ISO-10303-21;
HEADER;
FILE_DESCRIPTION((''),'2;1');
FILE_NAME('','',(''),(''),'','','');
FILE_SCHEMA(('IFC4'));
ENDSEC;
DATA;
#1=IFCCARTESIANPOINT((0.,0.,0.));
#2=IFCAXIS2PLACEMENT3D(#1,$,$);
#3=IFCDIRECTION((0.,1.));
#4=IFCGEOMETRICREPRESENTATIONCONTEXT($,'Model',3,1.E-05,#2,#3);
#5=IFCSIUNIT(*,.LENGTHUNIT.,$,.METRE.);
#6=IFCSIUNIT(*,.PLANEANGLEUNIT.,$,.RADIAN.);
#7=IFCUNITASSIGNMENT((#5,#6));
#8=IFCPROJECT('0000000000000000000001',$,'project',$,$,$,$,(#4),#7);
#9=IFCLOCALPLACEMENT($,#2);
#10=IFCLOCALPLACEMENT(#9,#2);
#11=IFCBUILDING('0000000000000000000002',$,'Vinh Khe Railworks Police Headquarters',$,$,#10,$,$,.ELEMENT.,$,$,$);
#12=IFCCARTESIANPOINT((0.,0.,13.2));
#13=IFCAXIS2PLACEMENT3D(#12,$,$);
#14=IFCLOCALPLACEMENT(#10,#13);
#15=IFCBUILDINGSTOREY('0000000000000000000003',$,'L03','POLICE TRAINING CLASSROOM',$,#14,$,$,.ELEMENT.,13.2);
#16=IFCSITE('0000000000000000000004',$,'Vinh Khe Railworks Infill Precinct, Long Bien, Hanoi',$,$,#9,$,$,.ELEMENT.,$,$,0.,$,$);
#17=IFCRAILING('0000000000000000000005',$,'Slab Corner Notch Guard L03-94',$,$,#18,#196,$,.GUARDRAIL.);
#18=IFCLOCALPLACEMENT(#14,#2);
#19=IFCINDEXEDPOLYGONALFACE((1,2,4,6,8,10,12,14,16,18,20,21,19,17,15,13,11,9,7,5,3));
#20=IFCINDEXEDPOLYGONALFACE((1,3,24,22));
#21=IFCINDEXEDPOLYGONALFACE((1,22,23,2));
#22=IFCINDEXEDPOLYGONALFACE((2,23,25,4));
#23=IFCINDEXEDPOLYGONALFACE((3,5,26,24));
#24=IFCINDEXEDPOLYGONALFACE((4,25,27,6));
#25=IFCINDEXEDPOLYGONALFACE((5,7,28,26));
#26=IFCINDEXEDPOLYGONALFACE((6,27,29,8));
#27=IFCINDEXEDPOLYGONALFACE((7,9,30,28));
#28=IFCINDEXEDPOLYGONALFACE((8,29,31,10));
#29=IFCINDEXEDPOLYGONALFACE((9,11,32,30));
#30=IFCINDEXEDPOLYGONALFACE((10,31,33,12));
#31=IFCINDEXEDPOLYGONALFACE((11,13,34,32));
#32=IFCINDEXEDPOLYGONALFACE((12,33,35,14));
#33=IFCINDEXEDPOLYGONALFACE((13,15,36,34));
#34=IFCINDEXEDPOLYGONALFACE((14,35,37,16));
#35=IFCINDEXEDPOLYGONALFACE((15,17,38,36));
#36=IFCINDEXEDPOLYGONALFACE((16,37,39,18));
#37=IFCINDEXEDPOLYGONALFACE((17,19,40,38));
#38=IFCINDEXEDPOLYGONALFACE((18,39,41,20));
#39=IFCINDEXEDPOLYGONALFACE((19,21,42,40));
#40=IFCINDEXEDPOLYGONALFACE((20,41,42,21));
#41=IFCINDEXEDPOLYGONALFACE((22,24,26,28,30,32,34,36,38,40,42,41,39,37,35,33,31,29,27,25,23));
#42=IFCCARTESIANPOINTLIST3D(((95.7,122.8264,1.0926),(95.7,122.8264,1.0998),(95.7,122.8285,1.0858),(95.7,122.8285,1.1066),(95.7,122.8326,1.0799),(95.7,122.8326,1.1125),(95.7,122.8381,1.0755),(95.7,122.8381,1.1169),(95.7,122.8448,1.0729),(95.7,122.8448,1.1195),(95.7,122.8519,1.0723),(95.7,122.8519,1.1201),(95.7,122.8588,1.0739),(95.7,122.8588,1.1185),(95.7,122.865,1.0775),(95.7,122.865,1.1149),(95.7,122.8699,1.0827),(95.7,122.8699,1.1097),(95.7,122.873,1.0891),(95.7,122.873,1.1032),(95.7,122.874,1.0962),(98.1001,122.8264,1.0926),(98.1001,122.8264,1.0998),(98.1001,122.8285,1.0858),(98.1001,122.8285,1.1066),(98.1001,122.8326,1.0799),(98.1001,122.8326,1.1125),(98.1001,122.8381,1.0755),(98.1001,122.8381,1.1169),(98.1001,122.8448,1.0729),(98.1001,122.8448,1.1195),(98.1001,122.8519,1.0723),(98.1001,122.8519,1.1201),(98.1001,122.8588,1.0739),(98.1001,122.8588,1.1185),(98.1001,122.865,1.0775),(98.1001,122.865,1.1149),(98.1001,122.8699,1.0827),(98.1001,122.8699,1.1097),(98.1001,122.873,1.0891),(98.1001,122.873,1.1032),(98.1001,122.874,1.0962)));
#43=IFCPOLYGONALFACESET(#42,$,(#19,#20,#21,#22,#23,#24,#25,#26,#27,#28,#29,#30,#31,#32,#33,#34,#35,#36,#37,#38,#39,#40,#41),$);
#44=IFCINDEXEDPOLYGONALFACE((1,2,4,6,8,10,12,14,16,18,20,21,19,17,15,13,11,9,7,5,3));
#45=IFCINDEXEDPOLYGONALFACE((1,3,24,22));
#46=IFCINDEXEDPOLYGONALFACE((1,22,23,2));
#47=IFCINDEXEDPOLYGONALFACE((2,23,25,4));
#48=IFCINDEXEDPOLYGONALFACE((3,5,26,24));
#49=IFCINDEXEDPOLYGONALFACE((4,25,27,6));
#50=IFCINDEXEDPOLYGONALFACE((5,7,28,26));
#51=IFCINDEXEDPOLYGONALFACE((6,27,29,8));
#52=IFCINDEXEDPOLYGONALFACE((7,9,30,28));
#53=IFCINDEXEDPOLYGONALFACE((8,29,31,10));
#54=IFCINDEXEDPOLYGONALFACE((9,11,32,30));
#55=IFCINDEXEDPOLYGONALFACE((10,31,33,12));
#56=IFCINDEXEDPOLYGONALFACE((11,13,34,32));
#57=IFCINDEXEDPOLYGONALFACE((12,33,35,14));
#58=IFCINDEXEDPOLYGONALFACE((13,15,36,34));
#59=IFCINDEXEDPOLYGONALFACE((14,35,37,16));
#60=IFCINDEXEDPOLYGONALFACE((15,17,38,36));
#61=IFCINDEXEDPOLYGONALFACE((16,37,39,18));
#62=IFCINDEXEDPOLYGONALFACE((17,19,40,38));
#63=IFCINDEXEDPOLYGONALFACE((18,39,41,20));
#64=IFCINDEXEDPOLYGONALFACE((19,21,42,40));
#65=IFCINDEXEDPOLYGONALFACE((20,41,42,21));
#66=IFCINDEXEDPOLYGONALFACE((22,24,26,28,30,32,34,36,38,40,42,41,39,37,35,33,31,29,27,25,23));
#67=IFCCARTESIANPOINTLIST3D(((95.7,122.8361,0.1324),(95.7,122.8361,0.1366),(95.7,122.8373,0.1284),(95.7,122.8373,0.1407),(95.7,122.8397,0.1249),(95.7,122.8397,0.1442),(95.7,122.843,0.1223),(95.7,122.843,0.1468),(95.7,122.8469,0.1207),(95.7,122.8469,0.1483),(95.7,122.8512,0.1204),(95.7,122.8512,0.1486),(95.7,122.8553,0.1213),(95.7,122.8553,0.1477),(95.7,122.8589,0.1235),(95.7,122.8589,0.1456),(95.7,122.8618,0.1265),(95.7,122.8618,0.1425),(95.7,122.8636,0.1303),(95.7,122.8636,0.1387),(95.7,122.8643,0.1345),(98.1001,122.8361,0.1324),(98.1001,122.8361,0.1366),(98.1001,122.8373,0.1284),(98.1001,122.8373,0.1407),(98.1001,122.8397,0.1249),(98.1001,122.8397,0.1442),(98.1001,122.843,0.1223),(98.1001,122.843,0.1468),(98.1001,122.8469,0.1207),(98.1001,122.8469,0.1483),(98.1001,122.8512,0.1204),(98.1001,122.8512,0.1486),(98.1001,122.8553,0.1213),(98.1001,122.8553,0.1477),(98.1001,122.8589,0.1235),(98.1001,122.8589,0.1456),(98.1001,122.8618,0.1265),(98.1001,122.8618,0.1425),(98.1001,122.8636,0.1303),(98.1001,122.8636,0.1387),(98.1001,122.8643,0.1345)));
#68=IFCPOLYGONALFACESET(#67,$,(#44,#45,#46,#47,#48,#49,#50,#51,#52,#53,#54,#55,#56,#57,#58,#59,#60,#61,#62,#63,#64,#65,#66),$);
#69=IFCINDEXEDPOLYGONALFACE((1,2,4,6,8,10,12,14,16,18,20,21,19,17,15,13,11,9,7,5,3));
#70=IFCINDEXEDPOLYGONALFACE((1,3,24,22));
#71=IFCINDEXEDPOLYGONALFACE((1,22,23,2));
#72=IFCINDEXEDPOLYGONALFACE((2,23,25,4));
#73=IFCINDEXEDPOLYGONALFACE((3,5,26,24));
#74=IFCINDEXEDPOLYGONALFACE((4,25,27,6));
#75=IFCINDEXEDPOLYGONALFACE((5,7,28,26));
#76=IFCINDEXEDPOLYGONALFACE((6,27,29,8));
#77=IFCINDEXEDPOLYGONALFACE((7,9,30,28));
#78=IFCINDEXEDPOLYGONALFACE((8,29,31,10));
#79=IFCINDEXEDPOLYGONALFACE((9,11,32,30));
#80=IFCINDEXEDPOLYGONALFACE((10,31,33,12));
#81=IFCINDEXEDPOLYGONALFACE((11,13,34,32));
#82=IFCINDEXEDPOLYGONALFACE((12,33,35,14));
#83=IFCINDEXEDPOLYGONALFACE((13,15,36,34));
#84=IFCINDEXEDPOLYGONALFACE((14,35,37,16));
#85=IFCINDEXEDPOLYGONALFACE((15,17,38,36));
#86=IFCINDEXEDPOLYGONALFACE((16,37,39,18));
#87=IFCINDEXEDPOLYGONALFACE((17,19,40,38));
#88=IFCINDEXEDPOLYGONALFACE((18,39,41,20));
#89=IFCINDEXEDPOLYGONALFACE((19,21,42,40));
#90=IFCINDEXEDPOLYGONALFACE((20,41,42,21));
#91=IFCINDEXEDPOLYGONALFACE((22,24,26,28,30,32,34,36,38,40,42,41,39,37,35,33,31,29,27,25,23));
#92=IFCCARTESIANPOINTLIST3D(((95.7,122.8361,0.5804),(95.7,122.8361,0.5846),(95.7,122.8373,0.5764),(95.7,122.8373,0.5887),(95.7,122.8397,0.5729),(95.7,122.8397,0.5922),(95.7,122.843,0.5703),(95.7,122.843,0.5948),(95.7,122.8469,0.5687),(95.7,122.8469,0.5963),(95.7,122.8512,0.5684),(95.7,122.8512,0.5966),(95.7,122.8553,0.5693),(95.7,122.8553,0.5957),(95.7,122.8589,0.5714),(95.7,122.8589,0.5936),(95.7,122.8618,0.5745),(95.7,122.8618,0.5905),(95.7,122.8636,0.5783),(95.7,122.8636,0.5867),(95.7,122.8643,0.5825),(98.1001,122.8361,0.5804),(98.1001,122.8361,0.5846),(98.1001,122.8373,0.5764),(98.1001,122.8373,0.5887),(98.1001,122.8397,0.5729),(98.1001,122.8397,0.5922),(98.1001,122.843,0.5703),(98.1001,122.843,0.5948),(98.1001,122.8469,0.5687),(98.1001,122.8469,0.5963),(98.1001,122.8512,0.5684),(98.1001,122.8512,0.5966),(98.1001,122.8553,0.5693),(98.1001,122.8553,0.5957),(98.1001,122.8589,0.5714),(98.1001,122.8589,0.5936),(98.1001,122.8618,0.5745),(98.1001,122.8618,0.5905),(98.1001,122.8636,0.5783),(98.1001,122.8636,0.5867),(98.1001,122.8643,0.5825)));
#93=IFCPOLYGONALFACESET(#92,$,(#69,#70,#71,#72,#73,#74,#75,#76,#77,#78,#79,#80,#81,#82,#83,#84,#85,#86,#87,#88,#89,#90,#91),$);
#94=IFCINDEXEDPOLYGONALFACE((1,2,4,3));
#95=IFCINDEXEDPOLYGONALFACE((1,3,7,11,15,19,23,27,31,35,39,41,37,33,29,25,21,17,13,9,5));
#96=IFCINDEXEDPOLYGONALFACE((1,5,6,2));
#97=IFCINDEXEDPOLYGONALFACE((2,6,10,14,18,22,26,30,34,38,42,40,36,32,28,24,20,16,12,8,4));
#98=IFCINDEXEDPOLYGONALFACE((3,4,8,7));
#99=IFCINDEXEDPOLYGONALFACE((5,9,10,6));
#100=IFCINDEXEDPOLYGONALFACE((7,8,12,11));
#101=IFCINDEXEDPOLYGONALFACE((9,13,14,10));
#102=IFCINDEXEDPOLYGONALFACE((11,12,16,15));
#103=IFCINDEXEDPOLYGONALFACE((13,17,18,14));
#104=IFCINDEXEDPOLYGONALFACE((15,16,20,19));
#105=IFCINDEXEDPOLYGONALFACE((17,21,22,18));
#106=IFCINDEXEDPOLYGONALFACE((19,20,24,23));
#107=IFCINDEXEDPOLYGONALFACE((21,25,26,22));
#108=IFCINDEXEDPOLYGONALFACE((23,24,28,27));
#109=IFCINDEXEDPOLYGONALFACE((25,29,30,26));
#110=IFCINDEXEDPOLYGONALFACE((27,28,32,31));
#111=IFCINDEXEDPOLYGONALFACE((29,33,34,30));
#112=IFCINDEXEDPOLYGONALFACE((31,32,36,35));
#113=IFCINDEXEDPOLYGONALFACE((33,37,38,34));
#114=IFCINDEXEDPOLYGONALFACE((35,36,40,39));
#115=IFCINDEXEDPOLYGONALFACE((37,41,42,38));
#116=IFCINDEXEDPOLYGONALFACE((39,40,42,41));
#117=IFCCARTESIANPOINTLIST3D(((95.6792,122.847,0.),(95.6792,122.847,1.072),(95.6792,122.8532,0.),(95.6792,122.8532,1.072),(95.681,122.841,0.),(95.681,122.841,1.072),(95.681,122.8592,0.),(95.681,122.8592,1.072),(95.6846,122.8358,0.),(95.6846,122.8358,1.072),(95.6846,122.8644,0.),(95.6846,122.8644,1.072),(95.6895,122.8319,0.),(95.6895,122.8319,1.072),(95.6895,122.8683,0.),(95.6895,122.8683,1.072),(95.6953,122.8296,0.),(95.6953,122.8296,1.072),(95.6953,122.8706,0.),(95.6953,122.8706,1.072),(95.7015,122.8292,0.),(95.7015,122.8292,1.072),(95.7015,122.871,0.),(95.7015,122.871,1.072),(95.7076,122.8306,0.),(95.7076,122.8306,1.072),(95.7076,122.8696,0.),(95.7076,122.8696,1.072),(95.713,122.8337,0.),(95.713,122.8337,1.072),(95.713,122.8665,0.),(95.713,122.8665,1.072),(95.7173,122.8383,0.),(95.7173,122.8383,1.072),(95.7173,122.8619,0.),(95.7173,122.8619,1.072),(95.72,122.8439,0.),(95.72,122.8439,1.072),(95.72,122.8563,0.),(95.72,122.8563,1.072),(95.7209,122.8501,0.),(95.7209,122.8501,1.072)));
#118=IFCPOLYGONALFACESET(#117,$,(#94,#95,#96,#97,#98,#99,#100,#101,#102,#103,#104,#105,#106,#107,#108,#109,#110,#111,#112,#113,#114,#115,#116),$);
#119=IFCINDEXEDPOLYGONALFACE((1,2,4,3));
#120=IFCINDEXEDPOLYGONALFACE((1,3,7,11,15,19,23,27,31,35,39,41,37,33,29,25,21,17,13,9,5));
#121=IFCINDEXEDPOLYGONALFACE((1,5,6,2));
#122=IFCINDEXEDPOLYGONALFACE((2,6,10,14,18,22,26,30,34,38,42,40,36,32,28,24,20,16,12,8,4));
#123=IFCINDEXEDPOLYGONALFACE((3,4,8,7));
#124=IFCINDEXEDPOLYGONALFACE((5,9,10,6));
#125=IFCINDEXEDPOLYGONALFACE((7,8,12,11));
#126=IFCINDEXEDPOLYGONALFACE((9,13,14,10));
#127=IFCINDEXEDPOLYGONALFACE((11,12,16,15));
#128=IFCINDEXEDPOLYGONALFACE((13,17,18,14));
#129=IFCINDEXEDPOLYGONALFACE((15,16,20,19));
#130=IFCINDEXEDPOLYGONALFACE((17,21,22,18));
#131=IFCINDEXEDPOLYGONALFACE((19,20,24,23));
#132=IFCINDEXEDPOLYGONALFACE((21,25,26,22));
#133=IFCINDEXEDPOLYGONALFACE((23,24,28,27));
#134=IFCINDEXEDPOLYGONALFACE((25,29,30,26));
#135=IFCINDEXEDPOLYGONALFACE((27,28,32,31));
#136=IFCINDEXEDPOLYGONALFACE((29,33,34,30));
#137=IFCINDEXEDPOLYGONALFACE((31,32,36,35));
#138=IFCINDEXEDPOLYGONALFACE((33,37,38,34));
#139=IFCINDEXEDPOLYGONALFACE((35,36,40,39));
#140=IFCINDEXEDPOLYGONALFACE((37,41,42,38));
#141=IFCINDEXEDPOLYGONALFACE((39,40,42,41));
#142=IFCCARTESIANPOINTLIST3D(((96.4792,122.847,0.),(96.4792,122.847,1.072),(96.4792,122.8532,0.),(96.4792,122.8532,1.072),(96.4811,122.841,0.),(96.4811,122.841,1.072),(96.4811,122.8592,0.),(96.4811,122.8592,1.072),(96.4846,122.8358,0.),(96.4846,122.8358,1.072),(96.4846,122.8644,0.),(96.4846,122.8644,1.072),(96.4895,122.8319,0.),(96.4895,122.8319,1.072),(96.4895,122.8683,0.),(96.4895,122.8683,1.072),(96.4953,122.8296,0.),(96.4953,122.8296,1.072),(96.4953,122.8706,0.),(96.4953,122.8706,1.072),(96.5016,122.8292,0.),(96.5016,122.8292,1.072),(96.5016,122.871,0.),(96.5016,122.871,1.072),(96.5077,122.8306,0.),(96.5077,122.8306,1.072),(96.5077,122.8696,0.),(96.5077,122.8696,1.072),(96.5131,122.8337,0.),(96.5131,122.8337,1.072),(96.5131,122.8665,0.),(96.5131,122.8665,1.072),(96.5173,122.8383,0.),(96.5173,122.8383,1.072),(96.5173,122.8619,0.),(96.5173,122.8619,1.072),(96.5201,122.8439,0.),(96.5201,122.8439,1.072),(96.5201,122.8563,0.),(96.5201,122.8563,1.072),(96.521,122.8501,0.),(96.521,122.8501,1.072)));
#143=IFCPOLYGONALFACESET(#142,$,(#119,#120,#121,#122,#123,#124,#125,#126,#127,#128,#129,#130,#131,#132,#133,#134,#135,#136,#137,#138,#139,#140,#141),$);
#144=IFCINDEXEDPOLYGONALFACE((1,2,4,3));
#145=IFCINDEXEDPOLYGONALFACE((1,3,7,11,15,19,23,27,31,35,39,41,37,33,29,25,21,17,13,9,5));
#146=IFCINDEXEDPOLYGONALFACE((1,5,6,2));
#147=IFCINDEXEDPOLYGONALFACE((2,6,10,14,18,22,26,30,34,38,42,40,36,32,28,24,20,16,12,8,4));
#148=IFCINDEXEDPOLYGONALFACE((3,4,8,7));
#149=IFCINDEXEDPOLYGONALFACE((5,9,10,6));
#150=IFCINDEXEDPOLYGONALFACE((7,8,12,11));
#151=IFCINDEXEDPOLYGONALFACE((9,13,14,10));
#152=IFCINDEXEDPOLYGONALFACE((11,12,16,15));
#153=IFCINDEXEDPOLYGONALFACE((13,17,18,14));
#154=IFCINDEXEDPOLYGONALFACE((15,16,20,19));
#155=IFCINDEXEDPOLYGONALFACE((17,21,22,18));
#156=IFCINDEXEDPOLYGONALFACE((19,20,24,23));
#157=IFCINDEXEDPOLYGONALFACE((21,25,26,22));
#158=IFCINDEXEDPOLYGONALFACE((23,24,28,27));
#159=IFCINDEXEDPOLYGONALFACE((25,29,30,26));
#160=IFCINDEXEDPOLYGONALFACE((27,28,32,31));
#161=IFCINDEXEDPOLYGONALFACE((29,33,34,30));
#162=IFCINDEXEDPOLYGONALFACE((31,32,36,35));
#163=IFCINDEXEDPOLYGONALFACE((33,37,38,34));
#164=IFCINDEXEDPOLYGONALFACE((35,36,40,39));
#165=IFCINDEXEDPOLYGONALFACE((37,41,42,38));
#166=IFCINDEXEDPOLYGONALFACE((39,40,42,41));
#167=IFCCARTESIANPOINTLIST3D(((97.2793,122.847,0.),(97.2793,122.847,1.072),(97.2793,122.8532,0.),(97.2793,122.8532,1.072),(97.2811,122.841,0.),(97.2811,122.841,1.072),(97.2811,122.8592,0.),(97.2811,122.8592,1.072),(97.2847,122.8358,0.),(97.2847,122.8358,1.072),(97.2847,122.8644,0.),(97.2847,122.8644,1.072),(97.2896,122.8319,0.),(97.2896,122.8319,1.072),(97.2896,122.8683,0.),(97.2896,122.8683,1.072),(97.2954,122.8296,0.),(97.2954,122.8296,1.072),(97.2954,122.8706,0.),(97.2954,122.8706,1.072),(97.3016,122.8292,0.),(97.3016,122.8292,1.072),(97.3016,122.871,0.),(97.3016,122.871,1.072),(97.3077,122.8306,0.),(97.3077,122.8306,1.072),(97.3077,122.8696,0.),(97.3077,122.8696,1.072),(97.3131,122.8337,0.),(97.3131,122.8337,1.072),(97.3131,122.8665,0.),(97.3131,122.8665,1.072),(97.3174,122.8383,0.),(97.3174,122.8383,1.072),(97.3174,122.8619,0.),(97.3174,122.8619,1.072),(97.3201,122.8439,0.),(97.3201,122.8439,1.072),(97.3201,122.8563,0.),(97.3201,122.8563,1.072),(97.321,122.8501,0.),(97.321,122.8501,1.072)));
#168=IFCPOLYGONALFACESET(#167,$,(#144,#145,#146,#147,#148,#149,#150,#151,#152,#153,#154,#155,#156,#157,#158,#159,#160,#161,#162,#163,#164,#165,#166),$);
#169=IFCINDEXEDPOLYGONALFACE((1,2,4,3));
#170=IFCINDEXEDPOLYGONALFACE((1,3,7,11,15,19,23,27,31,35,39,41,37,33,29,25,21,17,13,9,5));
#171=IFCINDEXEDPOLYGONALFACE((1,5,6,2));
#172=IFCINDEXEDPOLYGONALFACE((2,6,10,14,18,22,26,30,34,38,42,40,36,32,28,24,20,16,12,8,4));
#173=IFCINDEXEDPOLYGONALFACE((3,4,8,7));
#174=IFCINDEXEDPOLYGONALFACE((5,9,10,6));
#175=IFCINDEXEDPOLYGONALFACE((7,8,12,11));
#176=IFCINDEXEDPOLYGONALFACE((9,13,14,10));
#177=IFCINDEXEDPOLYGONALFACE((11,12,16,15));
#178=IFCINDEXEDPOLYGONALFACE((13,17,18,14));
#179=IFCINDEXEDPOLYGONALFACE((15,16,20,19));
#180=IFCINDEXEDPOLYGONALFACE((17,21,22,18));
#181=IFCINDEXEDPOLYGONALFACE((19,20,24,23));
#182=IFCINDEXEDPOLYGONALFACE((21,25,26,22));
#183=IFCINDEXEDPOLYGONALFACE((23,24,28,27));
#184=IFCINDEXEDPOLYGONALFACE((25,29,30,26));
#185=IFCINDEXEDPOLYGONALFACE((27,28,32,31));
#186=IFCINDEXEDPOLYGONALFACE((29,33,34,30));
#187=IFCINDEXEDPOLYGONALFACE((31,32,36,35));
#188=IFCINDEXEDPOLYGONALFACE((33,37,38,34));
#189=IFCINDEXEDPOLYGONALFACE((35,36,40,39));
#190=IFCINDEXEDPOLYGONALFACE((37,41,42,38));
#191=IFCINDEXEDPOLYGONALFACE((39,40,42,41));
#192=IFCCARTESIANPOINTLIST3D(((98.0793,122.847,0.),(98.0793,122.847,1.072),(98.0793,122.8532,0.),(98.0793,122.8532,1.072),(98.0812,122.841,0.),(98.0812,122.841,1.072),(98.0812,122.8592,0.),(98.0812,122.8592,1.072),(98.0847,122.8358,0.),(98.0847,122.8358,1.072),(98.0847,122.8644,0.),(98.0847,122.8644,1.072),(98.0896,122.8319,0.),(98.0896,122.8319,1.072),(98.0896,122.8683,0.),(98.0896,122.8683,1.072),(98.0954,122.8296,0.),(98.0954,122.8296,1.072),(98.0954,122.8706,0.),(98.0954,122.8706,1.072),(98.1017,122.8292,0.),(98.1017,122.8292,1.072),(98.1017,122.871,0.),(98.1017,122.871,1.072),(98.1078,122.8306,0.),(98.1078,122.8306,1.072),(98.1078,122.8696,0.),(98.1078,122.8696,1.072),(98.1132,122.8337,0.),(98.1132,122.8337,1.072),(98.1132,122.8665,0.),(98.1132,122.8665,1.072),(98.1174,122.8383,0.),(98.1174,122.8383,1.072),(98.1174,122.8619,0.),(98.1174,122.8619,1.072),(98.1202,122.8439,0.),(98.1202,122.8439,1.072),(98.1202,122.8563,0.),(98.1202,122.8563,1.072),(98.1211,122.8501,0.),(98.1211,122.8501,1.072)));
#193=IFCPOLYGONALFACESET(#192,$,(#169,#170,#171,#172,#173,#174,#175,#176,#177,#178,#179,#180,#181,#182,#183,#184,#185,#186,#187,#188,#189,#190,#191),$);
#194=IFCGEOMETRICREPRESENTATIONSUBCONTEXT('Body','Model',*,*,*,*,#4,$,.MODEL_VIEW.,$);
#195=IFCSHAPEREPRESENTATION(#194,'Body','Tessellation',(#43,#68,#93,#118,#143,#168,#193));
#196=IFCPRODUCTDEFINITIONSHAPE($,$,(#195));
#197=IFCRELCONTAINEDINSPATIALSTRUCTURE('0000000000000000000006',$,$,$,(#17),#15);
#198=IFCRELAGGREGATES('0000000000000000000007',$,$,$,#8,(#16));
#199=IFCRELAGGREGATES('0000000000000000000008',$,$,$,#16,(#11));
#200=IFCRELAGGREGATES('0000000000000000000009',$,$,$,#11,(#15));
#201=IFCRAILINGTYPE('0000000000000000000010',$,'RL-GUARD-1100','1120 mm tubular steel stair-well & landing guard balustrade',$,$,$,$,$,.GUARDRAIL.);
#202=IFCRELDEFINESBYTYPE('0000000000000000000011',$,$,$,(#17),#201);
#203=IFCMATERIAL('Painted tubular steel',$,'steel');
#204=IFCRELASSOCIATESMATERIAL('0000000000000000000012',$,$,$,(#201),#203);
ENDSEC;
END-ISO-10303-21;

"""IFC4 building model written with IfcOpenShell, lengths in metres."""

from ifc_helpers import new_model, si_unit, direction, frame, origin, origin_2d, place, context, subcontext, project, spatial, circle, extrude, material, type_object, element, save


model = new_model("IFC4")

# Units and contexts
model_context = context("Model", 3, precision=1e-05, world=origin(), true_north=direction((0.0, 1.0)))
body_context = subcontext(model_context, "Body", "Model", "MODEL_VIEW")
ifc_project = project(units=[si_unit("LENGTHUNIT", "METRE"), si_unit("PLANEANGLEUNIT", "RADIAN")], contexts=[model_context])

# Site, building, storey
site_placement = place(None, origin())
site = spatial("IfcSite", under=ifc_project, at=site_placement, Name="Vinh Khe Railworks Infill Precinct, Long Bien, Hanoi", CompositionType="ELEMENT", RefElevation=0.0)
building_placement = place(site_placement, origin())
building = spatial("IfcBuilding", under=site, at=building_placement, Name="Vinh Khe Railworks Police Headquarters", CompositionType="ELEMENT")
storey_placement = place(building_placement, frame((0.0, 0.0, 13.2)))
storey = spatial("IfcBuildingStorey", under=building, at=storey_placement, Name="L03", Description="POLICE TRAINING CLASSROOM", CompositionType="ELEMENT", Elevation=13.2)

# Railing
ifc_material_1 = material(Name="Painted tubular steel", Category="steel")
railing_type = type_object("IfcRailingType", Name="RL-GUARD-1100", Description="1120 mm tubular steel stair-well & landing guard balustrade", PredefinedType="GUARDRAIL", material=ifc_material_1)
railing_1_placement = place(storey_placement, frame((95.7, 122.8501, 0.0)))
element("IfcRailing", 1, at=railing_1_placement, inside=storey, type_object=railing_type, Name="Slab Corner Notch Guard L03-94", PredefinedType="GUARDRAIL", context=body_context, shape_type="SweptSolid", body=[
    extrude(circle(Radius=0.0239, at=origin_2d()), frame((0.0, 0.0, 1.0962), z_axis=(1.0, 0.0, 0.0), x_axis=(0.0, 1.0, 0.0)), (0.0, 0.0, 1.0), 2.4001),
    extrude(circle(Radius=0.0142, at=origin_2d()), frame((0.0, 0.0, 0.1345), z_axis=(1.0, 0.0, 0.0), x_axis=(0.0, 1.0, 0.0)), (0.0, 0.0, 1.0), 2.4001),
    extrude(circle(Radius=0.0142, at=origin_2d()), frame((0.0, 0.0, 0.5825), z_axis=(1.0, 0.0, 0.0), x_axis=(0.0, 1.0, 0.0)), (0.0, 0.0, 1.0), 2.4001),
    extrude(circle(Radius=0.021, at=origin_2d()), origin(), (0.0, 0.0, 1.0), 1.072),
    extrude(circle(Radius=0.021, at=origin_2d()), frame((0.8, 0.0, 0.0)), (0.0, 0.0, 1.0), 1.072),
    extrude(circle(Radius=0.021, at=origin_2d()), frame((1.6001, 0.0, 0.0)), (0.0, 0.0, 1.0), 1.072),
    extrude(circle(Radius=0.021, at=origin_2d()), frame((2.4001, 0.0, 0.0)), (0.0, 0.0, 1.0), 1.072),
])

save(model, "model.ifc")
